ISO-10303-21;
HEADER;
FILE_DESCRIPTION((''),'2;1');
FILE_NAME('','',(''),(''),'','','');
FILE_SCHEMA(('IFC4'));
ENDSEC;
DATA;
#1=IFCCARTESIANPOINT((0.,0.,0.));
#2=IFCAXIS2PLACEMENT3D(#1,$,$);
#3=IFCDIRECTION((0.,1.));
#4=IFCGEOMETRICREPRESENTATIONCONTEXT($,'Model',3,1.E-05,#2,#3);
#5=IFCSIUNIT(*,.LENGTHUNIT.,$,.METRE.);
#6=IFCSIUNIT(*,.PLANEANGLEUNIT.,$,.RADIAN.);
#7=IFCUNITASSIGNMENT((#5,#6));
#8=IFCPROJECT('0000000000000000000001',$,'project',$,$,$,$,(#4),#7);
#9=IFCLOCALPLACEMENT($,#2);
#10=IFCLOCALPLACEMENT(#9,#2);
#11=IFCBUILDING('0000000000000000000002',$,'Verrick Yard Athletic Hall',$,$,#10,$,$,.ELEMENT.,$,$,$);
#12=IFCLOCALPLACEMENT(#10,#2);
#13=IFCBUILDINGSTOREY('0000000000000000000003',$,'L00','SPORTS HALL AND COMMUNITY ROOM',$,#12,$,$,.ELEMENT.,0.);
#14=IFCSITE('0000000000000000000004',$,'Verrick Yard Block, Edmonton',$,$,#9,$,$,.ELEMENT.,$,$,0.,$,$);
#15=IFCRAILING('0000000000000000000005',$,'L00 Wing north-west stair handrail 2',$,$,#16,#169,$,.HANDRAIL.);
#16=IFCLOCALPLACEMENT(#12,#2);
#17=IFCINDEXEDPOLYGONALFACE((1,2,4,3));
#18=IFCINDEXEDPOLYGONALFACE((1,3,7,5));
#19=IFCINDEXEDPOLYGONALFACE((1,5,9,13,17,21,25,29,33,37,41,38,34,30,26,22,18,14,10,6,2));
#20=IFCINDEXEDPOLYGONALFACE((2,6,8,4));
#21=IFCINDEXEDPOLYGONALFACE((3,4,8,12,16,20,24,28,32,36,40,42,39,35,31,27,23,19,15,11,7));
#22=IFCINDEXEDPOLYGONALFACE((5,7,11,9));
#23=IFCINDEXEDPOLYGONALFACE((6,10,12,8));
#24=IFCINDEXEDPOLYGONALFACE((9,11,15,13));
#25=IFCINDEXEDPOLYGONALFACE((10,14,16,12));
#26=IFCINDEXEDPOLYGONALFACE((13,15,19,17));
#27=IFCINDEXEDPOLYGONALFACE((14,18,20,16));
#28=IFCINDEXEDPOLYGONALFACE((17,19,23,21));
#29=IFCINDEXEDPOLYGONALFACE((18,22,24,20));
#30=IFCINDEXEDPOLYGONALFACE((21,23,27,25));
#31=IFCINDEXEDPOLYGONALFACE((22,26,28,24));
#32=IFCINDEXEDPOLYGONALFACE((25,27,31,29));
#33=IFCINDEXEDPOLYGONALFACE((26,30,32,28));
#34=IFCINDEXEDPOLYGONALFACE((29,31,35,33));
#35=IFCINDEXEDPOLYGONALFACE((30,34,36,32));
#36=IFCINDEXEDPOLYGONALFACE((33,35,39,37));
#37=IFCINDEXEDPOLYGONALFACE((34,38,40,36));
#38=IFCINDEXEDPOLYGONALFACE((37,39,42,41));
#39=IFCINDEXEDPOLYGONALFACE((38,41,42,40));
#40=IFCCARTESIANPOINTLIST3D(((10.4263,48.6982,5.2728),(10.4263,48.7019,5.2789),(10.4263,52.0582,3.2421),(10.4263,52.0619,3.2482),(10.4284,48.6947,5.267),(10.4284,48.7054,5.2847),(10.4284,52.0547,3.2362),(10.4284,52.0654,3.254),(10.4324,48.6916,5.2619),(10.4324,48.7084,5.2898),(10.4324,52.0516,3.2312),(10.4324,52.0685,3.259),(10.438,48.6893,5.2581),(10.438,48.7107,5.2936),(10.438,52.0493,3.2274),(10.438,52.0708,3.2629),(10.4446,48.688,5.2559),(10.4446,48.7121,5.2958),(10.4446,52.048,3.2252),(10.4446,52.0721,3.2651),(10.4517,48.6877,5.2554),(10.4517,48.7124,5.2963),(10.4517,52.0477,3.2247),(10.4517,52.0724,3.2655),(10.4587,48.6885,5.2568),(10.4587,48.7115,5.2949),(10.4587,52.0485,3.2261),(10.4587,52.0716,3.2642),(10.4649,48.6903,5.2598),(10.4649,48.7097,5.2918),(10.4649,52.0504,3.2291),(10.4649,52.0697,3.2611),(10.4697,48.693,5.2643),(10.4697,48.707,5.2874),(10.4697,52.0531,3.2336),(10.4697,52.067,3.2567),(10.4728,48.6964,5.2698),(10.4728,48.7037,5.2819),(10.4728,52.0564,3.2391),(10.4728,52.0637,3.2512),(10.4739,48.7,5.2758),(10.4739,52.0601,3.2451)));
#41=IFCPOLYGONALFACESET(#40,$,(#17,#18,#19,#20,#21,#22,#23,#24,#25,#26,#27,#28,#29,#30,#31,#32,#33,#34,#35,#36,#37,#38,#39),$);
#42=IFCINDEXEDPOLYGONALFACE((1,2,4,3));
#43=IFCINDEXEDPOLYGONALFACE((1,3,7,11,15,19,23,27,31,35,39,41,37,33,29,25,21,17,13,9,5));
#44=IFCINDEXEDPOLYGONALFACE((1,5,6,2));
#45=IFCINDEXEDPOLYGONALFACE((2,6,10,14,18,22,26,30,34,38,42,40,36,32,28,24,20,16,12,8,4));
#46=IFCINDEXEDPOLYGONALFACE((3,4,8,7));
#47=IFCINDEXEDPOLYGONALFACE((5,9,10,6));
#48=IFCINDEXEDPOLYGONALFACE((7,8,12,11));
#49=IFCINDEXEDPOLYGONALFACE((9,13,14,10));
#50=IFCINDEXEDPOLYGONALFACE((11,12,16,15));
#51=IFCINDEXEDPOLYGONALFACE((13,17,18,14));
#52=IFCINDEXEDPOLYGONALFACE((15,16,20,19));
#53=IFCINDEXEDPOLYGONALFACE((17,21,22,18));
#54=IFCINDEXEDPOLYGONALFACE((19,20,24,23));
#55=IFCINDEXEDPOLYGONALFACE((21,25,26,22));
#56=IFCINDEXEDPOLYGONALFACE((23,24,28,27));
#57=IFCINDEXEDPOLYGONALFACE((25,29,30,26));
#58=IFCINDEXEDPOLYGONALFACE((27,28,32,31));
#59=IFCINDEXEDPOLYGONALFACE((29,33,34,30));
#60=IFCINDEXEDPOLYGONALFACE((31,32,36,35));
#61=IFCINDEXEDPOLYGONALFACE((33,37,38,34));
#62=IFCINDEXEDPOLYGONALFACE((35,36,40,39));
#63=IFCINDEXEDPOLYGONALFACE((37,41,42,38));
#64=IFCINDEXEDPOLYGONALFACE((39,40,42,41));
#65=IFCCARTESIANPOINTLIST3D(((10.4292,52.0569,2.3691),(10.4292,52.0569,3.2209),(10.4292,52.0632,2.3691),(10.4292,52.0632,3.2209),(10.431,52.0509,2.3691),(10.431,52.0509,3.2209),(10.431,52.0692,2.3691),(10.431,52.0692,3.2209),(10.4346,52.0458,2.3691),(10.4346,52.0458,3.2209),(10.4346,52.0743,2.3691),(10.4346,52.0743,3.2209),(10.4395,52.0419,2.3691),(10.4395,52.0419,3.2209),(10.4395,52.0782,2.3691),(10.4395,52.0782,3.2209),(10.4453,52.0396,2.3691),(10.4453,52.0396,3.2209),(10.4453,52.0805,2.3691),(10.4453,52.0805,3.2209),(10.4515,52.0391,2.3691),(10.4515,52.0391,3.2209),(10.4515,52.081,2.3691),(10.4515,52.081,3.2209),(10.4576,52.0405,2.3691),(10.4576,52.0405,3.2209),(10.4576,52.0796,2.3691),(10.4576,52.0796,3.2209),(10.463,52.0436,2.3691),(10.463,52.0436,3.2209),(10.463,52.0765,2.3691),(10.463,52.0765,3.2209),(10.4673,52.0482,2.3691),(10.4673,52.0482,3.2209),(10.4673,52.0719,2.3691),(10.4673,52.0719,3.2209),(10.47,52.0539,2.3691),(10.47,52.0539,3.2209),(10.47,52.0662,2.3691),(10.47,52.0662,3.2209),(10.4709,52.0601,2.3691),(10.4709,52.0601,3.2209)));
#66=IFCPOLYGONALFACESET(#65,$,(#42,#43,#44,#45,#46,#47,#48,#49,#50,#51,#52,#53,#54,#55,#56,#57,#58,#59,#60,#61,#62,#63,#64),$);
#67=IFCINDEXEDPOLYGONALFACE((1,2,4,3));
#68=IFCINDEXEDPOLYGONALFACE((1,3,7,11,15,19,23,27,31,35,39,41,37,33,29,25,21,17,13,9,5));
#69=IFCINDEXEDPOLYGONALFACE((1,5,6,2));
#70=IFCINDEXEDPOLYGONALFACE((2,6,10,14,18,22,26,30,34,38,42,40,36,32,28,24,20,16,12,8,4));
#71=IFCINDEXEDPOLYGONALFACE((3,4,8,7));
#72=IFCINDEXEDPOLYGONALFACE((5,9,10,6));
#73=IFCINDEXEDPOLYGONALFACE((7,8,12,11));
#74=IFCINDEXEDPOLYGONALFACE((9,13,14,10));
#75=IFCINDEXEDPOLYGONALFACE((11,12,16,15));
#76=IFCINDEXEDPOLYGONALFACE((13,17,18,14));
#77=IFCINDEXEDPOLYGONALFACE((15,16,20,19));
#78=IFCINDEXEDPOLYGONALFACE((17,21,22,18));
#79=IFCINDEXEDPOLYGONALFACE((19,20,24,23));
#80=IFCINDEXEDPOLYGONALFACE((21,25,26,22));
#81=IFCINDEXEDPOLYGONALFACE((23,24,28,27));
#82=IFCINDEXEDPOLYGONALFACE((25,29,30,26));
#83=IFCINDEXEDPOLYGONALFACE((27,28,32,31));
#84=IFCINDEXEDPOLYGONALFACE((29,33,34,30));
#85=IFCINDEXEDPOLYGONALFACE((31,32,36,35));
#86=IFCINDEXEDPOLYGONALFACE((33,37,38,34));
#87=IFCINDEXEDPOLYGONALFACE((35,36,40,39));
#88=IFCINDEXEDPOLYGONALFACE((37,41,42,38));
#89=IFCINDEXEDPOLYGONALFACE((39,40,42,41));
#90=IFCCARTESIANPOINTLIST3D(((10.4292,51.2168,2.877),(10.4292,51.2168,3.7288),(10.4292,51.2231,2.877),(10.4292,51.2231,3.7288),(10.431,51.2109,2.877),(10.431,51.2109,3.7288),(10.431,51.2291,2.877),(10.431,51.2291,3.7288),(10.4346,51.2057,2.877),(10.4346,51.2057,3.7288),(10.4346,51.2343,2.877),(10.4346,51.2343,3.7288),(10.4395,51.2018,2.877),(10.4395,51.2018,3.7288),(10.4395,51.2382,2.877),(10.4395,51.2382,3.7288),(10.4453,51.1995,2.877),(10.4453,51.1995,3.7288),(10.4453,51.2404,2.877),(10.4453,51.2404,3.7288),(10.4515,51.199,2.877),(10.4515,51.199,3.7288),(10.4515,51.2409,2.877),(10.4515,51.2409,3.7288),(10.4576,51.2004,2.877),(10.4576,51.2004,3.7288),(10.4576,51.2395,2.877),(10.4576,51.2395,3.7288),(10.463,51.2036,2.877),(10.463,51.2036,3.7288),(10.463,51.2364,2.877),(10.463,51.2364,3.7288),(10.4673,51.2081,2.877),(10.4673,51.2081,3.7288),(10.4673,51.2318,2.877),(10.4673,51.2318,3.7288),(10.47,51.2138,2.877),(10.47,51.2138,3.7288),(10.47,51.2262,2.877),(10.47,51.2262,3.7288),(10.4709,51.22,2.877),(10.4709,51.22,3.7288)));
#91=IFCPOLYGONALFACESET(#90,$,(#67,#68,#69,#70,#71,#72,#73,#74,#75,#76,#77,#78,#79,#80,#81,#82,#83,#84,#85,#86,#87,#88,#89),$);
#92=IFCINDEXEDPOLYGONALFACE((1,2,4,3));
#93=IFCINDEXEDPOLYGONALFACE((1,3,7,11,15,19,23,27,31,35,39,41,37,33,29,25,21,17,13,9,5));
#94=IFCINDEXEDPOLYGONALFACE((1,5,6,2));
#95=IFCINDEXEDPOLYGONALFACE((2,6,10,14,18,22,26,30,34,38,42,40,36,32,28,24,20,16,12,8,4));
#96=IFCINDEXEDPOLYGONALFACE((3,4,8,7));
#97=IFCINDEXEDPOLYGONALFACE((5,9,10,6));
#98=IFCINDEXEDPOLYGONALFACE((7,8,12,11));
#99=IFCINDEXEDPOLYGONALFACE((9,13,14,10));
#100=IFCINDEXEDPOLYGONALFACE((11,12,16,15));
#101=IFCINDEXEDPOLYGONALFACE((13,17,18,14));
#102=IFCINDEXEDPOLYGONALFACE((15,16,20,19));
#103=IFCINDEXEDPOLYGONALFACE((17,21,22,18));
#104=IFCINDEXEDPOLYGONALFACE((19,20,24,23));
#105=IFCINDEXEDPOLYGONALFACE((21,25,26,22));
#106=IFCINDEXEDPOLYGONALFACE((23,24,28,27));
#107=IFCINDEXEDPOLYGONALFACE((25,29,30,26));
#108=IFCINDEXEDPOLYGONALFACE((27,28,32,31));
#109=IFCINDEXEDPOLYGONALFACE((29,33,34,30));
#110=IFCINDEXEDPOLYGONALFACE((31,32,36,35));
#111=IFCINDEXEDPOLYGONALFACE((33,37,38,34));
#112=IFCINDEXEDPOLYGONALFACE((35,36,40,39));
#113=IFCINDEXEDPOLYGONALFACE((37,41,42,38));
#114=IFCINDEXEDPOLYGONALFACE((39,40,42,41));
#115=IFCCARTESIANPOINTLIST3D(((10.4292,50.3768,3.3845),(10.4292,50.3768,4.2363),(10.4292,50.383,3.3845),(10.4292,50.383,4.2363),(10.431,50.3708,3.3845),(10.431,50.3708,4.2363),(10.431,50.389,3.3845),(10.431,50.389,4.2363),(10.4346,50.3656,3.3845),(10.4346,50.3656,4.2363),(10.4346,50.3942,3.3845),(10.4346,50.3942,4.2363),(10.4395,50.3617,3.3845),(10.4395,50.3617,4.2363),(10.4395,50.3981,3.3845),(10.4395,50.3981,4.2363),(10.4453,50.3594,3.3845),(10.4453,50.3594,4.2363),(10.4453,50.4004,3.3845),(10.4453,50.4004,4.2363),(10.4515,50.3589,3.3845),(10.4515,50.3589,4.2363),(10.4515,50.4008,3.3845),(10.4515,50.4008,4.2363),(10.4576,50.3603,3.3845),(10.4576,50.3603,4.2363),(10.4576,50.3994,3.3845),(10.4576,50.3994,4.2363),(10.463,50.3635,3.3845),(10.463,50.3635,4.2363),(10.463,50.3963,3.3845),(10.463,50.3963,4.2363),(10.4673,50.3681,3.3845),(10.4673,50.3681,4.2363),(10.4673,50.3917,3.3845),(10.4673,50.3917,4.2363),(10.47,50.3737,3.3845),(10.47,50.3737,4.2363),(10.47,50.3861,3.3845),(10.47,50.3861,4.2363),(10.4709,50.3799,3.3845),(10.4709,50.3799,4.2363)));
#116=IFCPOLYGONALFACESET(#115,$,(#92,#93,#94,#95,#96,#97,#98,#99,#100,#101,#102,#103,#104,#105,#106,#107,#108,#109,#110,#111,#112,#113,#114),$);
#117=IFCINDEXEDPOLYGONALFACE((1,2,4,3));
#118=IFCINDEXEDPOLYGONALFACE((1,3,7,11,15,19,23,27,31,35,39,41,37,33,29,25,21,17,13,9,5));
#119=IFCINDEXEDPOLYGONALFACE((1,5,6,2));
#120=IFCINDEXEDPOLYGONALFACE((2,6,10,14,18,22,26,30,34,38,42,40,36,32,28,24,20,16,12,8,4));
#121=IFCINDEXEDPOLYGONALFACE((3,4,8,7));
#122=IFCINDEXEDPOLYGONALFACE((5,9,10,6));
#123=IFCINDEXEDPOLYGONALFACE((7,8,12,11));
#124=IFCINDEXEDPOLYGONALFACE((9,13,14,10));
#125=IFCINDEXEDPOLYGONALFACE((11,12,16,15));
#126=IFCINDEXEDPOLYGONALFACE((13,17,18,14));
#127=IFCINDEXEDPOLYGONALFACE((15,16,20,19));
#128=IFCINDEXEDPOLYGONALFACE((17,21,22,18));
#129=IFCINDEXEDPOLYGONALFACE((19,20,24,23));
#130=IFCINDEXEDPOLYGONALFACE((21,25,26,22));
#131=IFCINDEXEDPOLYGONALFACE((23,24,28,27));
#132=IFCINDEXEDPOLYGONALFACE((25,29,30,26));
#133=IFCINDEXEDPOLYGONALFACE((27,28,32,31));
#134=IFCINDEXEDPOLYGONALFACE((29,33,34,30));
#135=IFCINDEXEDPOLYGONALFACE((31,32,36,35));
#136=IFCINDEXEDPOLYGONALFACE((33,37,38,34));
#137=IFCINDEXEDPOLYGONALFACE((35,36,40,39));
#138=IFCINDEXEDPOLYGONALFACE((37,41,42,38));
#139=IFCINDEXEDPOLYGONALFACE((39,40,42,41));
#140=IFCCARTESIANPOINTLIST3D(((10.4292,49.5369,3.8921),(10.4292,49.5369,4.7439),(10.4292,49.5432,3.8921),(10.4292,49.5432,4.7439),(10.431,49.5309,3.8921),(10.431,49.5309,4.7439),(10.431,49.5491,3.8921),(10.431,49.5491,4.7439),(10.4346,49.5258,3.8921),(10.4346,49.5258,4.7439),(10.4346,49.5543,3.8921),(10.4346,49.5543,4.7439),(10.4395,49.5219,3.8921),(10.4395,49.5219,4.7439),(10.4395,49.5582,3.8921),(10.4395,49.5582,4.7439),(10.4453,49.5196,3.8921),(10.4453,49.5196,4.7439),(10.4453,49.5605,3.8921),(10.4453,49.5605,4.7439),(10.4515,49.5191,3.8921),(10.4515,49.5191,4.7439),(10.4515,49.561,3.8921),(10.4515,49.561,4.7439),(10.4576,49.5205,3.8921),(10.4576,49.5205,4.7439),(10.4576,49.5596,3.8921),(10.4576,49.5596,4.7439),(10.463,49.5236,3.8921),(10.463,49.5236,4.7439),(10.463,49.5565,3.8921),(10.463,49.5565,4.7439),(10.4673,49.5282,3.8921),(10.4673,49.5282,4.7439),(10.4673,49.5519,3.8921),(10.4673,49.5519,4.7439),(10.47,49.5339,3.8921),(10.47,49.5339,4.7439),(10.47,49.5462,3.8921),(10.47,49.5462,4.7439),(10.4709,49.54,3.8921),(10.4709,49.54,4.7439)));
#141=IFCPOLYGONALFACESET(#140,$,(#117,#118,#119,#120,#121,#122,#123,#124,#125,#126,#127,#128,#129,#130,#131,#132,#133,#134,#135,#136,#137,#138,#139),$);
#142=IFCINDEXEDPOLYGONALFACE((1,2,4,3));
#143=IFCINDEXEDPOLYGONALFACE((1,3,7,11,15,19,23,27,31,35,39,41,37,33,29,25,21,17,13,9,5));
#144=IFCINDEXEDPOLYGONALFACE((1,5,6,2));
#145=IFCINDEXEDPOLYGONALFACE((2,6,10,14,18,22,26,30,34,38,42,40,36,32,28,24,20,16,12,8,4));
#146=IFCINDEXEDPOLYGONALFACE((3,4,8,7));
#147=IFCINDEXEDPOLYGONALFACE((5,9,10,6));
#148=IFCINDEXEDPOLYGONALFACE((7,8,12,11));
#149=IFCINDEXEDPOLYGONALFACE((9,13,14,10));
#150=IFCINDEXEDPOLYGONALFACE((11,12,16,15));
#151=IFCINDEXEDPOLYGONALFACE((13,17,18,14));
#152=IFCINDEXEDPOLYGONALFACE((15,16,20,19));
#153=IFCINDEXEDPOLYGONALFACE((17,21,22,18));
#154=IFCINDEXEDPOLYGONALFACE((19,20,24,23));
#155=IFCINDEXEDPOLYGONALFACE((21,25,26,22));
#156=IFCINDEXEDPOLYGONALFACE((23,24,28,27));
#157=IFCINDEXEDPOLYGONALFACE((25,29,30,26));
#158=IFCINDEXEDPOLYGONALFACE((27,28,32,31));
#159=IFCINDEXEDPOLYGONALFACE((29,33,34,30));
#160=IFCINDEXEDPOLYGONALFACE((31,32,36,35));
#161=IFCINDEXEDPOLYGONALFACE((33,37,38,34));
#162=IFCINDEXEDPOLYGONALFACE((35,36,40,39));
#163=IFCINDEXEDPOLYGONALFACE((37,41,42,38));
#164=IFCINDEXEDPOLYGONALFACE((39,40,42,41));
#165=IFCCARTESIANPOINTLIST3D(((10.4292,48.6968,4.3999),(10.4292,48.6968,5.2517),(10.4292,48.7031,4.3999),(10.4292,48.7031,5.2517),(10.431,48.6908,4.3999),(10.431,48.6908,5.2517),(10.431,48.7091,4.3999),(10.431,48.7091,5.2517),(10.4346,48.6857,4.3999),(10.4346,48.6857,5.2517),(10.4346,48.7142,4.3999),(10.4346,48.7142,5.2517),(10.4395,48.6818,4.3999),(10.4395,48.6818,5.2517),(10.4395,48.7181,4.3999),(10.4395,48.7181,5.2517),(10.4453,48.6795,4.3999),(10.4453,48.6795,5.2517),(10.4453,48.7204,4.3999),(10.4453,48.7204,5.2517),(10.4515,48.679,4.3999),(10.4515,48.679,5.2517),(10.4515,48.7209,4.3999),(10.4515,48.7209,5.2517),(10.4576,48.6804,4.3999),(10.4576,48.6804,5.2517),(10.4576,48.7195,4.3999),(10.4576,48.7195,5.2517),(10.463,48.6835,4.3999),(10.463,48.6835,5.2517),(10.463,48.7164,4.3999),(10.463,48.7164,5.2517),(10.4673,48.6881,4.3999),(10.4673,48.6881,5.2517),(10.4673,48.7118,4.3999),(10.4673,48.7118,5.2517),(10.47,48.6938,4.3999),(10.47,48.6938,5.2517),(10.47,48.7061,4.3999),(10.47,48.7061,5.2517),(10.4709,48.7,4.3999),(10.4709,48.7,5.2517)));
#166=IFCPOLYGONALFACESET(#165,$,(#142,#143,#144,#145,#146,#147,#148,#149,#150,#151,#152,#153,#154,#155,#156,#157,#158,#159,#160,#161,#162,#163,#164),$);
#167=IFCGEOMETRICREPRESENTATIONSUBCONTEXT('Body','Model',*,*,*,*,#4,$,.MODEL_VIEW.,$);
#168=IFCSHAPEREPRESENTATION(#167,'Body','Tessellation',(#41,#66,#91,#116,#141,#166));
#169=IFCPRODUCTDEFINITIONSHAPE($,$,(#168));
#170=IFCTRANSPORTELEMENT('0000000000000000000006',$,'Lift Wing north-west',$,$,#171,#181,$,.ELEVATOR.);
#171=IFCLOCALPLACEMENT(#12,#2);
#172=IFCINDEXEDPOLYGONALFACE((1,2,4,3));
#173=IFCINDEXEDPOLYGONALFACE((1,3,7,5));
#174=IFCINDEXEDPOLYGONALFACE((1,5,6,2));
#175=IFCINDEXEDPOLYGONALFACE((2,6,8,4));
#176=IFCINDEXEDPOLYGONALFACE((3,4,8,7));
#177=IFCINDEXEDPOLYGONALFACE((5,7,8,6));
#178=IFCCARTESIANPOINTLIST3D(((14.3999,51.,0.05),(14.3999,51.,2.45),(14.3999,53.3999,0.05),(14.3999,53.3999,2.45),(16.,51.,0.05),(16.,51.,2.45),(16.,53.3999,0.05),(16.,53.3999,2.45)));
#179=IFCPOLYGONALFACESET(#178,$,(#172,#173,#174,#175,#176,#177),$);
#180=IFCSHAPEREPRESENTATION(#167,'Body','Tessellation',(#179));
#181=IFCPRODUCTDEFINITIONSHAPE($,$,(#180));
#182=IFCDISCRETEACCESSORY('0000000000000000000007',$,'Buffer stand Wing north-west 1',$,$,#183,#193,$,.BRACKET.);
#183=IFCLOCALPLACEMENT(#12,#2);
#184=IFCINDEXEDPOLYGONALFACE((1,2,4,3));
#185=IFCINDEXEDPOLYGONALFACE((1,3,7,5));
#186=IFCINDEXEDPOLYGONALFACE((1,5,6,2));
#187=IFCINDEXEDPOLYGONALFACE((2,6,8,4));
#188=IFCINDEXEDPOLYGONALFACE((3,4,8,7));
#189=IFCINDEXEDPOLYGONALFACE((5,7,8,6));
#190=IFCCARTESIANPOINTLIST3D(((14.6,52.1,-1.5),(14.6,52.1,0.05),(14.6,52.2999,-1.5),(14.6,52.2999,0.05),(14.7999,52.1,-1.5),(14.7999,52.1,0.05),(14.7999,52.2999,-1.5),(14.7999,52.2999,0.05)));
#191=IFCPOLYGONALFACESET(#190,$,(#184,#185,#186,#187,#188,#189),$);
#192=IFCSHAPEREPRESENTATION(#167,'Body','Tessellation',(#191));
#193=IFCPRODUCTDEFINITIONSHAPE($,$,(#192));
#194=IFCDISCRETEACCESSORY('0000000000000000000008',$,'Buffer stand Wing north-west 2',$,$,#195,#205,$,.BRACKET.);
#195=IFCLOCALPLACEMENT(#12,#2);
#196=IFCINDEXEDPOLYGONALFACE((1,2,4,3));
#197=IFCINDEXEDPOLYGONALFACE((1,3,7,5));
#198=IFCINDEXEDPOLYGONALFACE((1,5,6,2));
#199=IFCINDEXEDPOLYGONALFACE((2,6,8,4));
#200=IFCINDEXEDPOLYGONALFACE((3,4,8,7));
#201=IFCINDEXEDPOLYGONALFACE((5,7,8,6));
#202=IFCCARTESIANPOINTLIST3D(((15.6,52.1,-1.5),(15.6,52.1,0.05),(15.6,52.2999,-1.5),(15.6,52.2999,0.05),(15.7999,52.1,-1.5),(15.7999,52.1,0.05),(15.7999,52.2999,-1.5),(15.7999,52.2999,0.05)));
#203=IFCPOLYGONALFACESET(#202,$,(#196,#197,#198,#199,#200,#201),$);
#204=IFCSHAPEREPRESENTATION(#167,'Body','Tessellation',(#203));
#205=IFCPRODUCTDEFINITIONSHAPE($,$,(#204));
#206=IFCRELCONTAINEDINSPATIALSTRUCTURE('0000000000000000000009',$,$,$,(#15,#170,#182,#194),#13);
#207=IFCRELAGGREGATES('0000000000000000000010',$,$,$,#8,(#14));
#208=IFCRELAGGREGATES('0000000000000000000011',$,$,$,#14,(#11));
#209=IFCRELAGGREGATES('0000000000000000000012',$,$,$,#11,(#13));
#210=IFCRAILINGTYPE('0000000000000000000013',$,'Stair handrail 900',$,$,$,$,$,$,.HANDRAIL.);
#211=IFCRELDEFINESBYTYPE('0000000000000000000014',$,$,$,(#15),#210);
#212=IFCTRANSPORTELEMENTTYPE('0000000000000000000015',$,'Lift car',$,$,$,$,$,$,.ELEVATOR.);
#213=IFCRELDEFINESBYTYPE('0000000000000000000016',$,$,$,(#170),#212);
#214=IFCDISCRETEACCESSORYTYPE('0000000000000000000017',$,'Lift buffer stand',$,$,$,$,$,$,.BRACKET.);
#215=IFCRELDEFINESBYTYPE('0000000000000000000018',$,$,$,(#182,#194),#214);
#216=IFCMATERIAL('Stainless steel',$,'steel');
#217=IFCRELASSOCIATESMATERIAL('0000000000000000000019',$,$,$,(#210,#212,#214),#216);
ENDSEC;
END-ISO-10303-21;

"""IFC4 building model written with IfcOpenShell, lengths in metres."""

from ifc_helpers import new_model, si_unit, direction, frame, origin, origin_2d, place, context, subcontext, project, spatial, rectangle, circle, extrude, material, type_object, element, save


model = new_model("IFC4")

# Units and contexts
model_context = context("Model", 3, precision=1e-05, world=origin(), true_north=direction((0.0, 1.0)))
body_context = subcontext(model_context, "Body", "Model", "MODEL_VIEW")
ifc_project = project(units=[si_unit("LENGTHUNIT", "METRE"), si_unit("PLANEANGLEUNIT", "RADIAN")], contexts=[model_context])

# Site, building, storey
site_placement = place(None, origin())
site = spatial("IfcSite", under=ifc_project, at=site_placement, Name="Verrick Yard Block, Edmonton", CompositionType="ELEMENT", RefElevation=0.0)
building_placement = place(site_placement, origin())
building = spatial("IfcBuilding", under=site, at=building_placement, Name="Verrick Yard Athletic Hall", CompositionType="ELEMENT")
storey_placement = place(building_placement, origin())
storey = spatial("IfcBuildingStorey", under=building, at=storey_placement, Name="L00", Description="SPORTS HALL AND COMMUNITY ROOM", CompositionType="ELEMENT", Elevation=0.0)

# Railing
ifc_material_1 = material(Name="Stainless steel", Category="steel")
railing_type_1 = type_object("IfcRailingType", Name="Stair handrail 900", PredefinedType="HANDRAIL", material=ifc_material_1)
railing_1_placement = place(storey_placement, frame((10.45, 52.0601, 2.3691)))
element("IfcRailing", 1, at=railing_1_placement, inside=storey, type_object=railing_type_1, Name="L00 Wing north-west stair handrail 2", PredefinedType="HANDRAIL", context=body_context, shape_type="SweptSolid", body=[
    extrude(circle(Radius=0.0239, at=origin_2d()), frame((0.0, 0.0, 0.876), z_axis=(0.0, -0.855837, 0.517246), x_axis=(1.0, 0.0, 0.0)), (0.0, 0.0, 1.0), 3.926),
    extrude(circle(Radius=0.021, at=origin_2d()), origin(), (0.0, 0.0, 1.0), 0.8518),
    extrude(circle(Radius=0.021, at=origin_2d()), frame((0.0, -0.8401, 0.5078)), (0.0, 0.0, 1.0), 0.8518),
    extrude(circle(Radius=0.021, at=origin_2d()), frame((0.0, -1.6802, 1.0154)), (0.0, 0.0, 1.0), 0.8518),
    extrude(circle(Radius=0.021, at=origin_2d()), frame((0.0, -2.52, 1.5229)), (0.0, 0.0, 1.0), 0.8518),
    extrude(circle(Radius=0.021, at=origin_2d()), frame((0.0, -3.3601, 2.0308)), (0.0, 0.0, 1.0), 0.8518),
])

# Transport element
transport_element_type = type_object("IfcTransportElementType", Name="Lift car", PredefinedType="ELEVATOR", material=ifc_material_1)
transport_element_placement = place(storey_placement, frame((15.2, 52.2, 0.05), z_axis=(0.0, 0.0, 1.0), x_axis=(1.0, 0.0, 0.0)))
element("IfcTransportElement", 2, at=transport_element_placement, inside=storey, type_object=transport_element_type, Name="Lift Wing north-west", PredefinedType="ELEVATOR", context=body_context, shape_type="SweptSolid", body=[
    extrude(rectangle(XDim=1.6001, YDim=2.3999, at=origin_2d()), origin(), (0.0, 0.0, 1.0), 2.3999),
])

# Discrete accessories
discrete_accessory_type = type_object("IfcDiscreteAccessoryType", Name="Lift buffer stand", PredefinedType="BRACKET", material=ifc_material_1)
for number, where, z_axis, x_axis, name in (
    (3, (14.7, 52.2, -1.5), (0.0, 0.0, 1.0), (1.0, 0.0, 0.0), "Buffer stand Wing north-west 1"),
    (4, (15.7, 52.2, -1.5), (0.0, 0.0, 1.0), (1.0, 0.0, 0.0), "Buffer stand Wing north-west 2"),
):
    element("IfcDiscreteAccessory", number, at=place(storey_placement, frame(where, z_axis=z_axis, x_axis=x_axis)), inside=storey, type_object=discrete_accessory_type, Name=name, PredefinedType="BRACKET", context=body_context, shape_type="SweptSolid", body=[
        extrude(rectangle(XDim=0.2, YDim=0.2, at=origin_2d()), origin(), (0.0, 0.0, 1.0), 1.55),
    ])

save(model, "model.ifc")
